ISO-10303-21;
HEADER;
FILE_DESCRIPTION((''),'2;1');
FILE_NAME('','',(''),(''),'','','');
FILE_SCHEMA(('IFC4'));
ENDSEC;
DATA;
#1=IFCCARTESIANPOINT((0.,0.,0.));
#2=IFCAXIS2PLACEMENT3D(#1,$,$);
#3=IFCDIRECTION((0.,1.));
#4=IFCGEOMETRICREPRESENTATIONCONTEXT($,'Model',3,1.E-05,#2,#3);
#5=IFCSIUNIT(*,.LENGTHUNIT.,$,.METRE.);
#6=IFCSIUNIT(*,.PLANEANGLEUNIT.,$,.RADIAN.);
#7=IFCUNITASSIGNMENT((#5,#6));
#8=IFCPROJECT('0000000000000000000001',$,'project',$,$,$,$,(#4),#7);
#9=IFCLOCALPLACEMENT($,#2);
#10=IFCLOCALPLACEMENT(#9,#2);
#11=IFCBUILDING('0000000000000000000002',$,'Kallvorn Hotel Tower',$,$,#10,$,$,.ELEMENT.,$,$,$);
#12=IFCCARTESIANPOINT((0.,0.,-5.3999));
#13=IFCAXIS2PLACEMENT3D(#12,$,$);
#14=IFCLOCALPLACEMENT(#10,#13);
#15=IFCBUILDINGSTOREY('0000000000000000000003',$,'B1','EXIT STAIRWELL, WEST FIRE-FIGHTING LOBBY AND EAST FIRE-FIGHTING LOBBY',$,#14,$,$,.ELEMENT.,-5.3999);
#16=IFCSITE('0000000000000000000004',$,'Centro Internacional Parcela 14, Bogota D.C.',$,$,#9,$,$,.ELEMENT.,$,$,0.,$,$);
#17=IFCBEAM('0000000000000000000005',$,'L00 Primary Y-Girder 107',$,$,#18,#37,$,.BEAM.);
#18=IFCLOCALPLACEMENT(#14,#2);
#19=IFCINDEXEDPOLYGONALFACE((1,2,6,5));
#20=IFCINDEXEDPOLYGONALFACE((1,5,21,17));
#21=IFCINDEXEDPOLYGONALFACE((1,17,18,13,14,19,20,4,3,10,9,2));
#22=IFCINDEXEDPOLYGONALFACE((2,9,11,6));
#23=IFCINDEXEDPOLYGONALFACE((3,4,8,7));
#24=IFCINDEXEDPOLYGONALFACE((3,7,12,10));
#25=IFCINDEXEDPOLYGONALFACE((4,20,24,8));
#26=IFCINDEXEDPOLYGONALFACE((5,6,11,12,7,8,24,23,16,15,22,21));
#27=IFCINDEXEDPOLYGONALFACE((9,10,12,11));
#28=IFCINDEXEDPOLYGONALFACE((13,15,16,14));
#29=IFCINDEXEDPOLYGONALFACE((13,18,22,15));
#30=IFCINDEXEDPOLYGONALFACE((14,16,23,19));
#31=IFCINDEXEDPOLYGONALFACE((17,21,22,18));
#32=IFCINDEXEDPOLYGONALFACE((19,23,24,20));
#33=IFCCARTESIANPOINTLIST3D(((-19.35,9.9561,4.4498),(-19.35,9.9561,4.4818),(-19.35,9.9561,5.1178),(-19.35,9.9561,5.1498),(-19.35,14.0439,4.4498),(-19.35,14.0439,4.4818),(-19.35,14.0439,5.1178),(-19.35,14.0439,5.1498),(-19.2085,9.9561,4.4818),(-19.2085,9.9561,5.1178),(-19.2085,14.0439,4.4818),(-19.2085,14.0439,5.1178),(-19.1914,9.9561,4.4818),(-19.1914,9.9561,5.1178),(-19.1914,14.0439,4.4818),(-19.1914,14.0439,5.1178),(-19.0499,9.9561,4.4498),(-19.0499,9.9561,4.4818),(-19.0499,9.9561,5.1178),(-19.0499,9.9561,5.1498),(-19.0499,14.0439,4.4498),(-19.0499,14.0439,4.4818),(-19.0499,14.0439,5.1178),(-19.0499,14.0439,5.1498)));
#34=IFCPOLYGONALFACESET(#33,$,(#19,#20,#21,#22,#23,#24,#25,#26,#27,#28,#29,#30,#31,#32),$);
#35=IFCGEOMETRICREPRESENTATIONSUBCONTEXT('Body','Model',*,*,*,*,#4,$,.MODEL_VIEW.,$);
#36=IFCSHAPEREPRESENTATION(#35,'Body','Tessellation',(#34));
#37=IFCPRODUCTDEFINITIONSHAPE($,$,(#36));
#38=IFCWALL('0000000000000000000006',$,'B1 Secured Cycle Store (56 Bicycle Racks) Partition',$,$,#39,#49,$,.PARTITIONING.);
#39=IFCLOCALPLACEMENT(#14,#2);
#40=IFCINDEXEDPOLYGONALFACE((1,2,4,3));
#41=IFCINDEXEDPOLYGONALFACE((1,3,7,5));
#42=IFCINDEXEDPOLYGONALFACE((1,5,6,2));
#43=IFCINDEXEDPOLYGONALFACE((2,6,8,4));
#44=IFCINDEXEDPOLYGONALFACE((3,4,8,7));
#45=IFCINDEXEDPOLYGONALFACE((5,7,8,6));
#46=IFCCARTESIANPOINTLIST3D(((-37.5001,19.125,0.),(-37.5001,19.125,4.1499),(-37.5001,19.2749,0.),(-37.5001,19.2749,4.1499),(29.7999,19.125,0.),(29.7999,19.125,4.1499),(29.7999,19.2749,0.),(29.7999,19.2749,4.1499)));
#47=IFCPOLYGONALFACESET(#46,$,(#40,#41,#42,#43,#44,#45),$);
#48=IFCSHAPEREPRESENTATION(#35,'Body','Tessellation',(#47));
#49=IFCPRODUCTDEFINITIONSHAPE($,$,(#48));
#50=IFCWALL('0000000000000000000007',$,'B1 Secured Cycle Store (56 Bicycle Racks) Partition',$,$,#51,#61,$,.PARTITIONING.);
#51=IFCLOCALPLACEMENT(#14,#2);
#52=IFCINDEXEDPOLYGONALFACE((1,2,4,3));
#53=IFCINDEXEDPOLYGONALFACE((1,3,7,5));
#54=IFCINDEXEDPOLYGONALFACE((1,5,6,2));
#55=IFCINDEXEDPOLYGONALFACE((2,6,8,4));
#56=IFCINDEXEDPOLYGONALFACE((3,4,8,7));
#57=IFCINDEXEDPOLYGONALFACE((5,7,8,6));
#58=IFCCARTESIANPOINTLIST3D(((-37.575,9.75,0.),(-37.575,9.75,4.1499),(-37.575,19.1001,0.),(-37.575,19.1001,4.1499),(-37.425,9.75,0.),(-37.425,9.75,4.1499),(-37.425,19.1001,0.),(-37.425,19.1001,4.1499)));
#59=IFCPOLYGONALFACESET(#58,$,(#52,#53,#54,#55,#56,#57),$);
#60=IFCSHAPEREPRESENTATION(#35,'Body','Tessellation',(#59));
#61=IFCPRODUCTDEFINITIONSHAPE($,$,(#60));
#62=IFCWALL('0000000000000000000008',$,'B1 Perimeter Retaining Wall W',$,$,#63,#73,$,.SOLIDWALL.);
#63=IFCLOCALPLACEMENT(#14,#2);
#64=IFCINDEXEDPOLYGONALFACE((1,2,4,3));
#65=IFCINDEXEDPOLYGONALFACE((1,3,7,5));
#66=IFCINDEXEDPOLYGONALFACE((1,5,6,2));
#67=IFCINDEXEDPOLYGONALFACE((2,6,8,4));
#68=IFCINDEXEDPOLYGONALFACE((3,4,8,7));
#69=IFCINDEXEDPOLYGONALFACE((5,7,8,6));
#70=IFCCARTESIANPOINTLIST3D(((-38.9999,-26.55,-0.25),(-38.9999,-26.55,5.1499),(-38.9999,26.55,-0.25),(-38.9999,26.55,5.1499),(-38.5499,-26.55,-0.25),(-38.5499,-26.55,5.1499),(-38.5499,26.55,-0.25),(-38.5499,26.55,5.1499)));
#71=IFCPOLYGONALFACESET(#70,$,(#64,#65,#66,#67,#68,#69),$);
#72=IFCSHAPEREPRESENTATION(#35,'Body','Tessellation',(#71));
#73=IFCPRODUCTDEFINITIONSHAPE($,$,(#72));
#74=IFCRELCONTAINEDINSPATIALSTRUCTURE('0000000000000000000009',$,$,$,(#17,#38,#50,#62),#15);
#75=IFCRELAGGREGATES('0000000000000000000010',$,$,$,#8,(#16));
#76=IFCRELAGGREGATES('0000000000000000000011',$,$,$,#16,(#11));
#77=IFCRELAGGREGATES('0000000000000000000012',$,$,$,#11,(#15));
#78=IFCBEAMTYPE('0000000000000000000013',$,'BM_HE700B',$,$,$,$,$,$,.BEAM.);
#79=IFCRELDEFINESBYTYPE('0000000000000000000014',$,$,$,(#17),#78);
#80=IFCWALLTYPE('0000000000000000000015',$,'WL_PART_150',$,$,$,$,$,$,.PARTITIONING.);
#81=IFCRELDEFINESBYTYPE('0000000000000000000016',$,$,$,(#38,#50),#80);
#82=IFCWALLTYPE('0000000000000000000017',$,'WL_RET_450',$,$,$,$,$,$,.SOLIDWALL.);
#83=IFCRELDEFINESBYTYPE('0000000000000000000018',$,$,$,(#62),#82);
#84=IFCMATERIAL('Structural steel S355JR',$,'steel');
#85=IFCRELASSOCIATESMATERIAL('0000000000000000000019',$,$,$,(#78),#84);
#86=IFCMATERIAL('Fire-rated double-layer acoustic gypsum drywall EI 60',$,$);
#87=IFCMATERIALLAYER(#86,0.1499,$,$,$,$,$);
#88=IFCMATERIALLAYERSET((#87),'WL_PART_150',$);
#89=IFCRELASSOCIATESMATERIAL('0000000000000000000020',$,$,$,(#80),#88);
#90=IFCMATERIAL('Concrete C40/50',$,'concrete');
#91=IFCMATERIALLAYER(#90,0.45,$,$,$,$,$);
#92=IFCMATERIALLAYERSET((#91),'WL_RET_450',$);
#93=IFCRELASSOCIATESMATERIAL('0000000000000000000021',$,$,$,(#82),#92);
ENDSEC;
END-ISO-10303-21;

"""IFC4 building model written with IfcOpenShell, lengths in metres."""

from ifc_helpers import new_model, si_unit, direction, frame, frame_2d, origin, origin_2d, place, context, subcontext, project, spatial, rectangle, i_section, extrude, material, layer, layer_set, material_profile, profile_set, type_object, element, save


model = new_model("IFC4")

# Units and contexts
model_context = context("Model", 3, precision=1e-05, world=origin(), true_north=direction((0.0, 1.0)))
body_context = subcontext(model_context, "Body", "Model", "MODEL_VIEW")
ifc_project = project(units=[si_unit("LENGTHUNIT", "METRE"), si_unit("PLANEANGLEUNIT", "RADIAN")], contexts=[model_context])

# Site, building, storey
site_placement = place(None, origin())
site = spatial("IfcSite", under=ifc_project, at=site_placement, Name="Centro Internacional Parcela 14, Bogota D.C.", CompositionType="ELEMENT", RefElevation=0.0)
building_placement = place(site_placement, origin())
building = spatial("IfcBuilding", under=site, at=building_placement, Name="Kallvorn Hotel Tower", CompositionType="ELEMENT")
storey_placement = place(building_placement, frame((0.0, 0.0, -5.3999)))
storey = spatial("IfcBuildingStorey", under=building, at=storey_placement, Name="B1", Description="EXIT STAIRWELL, WEST FIRE-FIGHTING LOBBY AND EAST FIRE-FIGHTING LOBBY", CompositionType="ELEMENT", Elevation=-5.3999)

# Beam
ifc_material_1 = material(Name="Structural steel S355JR", Category="steel")
ifc_material_profile_1 = material_profile(ifc_material_1, i_section(OverallWidth=0.3, OverallDepth=0.7, WebThickness=0.0171, FlangeThickness=0.032, at=origin_2d()), Name="HE 700 B")
ifc_profile_set_1 = profile_set([ifc_material_profile_1], Name="Structural steel S355JR")
beam_type_1 = type_object("IfcBeamType", Name="BM_HE700B", PredefinedType="BEAM", material=ifc_profile_set_1)
beam_1_placement = place(storey_placement, frame((-19.2, 9.9561, 4.7998), z_axis=(0.0, 1.0, 0.0), x_axis=(-1.0, 0.0, 0.0)))
element("IfcBeam", 1, at=beam_1_placement, inside=storey, type_object=beam_type_1, Name="L00 Primary Y-Girder 107", PredefinedType="BEAM", context=body_context, shape_type="SweptSolid", body=[
    extrude(i_section(OverallWidth=0.3, OverallDepth=0.7, WebThickness=0.0171, FlangeThickness=0.032, at=origin_2d()), origin(), (0.0, 0.0, 1.0), 4.0879),
])

# Walls
ifc_material_2 = material(Name="Fire-rated double-layer acoustic gypsum drywall EI 60")
ifc_layer_1 = layer(ifc_material_2, 0.1499)
ifc_layer_set_1 = layer_set([ifc_layer_1], Name="WL_PART_150")
wall_type_1 = type_object("IfcWallType", Name="WL_PART_150", PredefinedType="PARTITIONING", material=ifc_layer_set_1)
wall_1_placement = place(storey_placement, frame((-37.5, 19.2, 0.0), z_axis=(0.0, 0.0, 1.0), x_axis=(1.0, 0.0, 0.0)))
element("IfcWall", 2, at=wall_1_placement, inside=storey, type_object=wall_type_1, Name="B1 Secured Cycle Store (56 Bicycle Racks) Partition", PredefinedType="PARTITIONING", context=body_context, shape_type="SweptSolid", body=[
    extrude(rectangle(XDim=67.3, YDim=0.1499, at=frame_2d((33.6499, 0.0))), origin(), (0.0, 0.0, 1.0), 4.1499),
])
wall_2_placement = place(storey_placement, frame((-37.5, 9.75, 0.0), z_axis=(0.0, 0.0, 1.0), x_axis=(0.0, 1.0, 0.0)))
element("IfcWall", 3, at=wall_2_placement, inside=storey, type_object=wall_type_1, Name="B1 Secured Cycle Store (56 Bicycle Racks) Partition", PredefinedType="PARTITIONING", context=body_context, shape_type="SweptSolid", body=[
    extrude(rectangle(XDim=9.3501, YDim=0.1499, at=frame_2d((4.675, 0.0))), origin(), (0.0, 0.0, 1.0), 4.1499),
])
ifc_material_3 = material(Name="Concrete C40/50", Category="concrete")
ifc_layer_2 = layer(ifc_material_3, 0.45)
ifc_layer_set_2 = layer_set([ifc_layer_2], Name="WL_RET_450")
wall_type_2 = type_object("IfcWallType", Name="WL_RET_450", PredefinedType="SOLIDWALL", material=ifc_layer_set_2)
wall_3_placement = place(storey_placement, frame((-38.7749, 26.55, -0.25), z_axis=(0.0, 0.0, 1.0), x_axis=(0.0, -1.0, 0.0)))
element("IfcWall", 4, at=wall_3_placement, inside=storey, type_object=wall_type_2, Name="B1 Perimeter Retaining Wall W", PredefinedType="SOLIDWALL", context=body_context, shape_type="SweptSolid", body=[
    extrude(rectangle(XDim=53.1001, YDim=0.45, at=frame_2d((26.55, 0.0))), origin(), (0.0, 0.0, 1.0), 5.3999),
])

save(model, "model.ifc")
